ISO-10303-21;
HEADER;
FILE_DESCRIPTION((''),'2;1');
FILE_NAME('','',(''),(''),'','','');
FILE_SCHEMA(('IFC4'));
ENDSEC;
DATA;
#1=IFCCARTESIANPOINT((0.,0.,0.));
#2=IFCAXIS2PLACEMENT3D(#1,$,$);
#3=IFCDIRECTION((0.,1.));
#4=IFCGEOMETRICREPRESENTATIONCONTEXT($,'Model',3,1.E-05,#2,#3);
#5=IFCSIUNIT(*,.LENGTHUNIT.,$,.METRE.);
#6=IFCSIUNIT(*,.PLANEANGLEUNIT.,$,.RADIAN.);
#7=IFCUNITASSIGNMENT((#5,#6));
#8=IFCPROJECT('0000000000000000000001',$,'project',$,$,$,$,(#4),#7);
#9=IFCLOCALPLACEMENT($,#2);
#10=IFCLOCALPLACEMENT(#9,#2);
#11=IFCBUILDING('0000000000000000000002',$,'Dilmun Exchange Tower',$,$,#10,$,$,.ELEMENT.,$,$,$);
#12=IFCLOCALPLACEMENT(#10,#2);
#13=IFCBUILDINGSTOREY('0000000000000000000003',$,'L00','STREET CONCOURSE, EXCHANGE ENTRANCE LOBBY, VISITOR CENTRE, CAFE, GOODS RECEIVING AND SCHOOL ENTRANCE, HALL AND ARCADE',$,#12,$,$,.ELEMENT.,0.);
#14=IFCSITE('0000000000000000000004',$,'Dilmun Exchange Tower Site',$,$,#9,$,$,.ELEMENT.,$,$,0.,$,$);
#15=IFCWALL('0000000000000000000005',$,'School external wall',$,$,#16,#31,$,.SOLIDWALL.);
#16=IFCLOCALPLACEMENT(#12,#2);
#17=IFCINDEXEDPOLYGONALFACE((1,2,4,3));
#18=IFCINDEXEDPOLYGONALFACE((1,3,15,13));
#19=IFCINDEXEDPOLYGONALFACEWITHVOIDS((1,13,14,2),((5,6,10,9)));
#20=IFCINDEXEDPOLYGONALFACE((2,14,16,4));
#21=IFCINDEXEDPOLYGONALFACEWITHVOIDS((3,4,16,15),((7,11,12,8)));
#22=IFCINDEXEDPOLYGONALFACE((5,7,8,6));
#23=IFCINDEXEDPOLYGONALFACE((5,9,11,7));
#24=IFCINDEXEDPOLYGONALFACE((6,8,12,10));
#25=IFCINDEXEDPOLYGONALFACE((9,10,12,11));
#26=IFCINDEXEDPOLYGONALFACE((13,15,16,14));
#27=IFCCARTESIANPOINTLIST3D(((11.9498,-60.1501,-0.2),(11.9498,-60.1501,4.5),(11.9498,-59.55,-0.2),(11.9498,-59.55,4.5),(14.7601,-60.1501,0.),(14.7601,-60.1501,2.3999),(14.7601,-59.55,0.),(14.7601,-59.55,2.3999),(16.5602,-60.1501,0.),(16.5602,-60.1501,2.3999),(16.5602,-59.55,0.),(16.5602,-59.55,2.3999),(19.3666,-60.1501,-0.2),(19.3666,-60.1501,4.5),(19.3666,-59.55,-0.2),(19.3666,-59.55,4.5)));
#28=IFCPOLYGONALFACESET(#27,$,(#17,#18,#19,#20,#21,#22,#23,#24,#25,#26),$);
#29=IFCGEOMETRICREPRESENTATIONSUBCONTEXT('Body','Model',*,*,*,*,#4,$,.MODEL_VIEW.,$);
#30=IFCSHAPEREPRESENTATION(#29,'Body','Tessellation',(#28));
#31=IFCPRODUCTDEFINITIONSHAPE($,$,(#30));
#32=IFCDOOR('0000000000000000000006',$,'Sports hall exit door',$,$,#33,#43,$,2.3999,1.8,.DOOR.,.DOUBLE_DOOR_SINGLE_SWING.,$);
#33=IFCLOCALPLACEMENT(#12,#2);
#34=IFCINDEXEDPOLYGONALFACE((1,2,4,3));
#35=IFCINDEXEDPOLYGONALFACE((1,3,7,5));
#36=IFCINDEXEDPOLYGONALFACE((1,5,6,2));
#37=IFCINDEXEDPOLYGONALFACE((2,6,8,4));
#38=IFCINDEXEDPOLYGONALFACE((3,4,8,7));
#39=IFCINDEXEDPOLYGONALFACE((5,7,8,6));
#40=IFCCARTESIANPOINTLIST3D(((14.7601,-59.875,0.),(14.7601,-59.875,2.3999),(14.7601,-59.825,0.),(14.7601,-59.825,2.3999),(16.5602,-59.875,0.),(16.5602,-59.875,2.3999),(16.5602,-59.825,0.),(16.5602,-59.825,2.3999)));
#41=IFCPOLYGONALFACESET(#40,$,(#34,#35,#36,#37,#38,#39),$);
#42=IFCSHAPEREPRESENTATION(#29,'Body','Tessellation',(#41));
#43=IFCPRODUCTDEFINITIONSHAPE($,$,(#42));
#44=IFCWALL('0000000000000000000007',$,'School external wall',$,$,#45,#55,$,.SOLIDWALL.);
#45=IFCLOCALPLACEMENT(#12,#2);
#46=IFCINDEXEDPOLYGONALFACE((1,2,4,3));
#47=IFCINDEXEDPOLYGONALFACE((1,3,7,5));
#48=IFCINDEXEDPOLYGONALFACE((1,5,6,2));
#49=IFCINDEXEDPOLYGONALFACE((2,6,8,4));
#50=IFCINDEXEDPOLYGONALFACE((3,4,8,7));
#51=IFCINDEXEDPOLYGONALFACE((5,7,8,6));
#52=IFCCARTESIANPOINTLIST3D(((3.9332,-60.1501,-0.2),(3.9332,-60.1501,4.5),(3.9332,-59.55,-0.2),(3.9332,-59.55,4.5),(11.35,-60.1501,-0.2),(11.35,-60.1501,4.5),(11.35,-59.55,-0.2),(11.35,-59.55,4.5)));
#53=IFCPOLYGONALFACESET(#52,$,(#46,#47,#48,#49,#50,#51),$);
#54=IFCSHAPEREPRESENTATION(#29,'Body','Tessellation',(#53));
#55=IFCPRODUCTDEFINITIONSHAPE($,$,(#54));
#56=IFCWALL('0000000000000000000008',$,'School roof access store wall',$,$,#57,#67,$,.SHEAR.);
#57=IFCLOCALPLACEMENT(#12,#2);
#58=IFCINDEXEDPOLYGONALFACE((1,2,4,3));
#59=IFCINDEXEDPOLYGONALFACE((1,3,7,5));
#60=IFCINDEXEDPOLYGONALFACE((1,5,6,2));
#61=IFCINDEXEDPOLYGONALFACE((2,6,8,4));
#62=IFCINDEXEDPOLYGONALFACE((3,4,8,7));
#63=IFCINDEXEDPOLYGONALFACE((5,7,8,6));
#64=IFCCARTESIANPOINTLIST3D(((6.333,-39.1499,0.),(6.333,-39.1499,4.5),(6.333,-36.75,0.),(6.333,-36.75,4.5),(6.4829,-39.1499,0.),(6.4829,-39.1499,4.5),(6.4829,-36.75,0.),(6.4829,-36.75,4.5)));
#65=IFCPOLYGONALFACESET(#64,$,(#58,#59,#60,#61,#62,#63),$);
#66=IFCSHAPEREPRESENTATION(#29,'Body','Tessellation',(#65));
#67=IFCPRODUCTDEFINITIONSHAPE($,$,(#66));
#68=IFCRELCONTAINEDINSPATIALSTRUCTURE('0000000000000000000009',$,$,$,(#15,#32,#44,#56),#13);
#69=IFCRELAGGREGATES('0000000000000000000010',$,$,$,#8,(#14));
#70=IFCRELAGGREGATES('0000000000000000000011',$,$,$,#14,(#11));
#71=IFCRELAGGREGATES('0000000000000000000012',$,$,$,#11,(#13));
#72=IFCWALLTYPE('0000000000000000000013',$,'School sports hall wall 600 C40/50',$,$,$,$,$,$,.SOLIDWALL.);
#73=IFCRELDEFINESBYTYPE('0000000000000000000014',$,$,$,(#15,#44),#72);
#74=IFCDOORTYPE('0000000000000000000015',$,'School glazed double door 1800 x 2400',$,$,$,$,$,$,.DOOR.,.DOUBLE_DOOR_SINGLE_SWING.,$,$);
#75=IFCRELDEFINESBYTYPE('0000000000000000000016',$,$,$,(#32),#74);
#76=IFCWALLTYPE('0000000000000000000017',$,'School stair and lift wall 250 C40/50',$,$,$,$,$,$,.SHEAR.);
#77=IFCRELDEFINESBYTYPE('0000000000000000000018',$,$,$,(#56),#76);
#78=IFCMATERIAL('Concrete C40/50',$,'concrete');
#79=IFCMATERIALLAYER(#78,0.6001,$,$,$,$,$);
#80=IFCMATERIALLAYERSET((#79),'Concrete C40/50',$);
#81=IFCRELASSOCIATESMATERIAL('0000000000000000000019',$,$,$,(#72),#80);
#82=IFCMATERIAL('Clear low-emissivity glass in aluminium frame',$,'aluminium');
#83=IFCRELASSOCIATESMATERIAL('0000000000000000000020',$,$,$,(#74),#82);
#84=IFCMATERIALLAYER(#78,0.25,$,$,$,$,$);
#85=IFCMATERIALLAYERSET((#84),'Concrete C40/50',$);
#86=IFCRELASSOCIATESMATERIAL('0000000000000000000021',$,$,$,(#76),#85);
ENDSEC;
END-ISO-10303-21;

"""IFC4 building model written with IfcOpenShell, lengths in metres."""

from ifc_helpers import new_model, si_unit, direction, frame, frame_2d, origin, place, context, subcontext, project, spatial, rectangle, extrude, material, layer, layer_set, type_object, element, fill, save


model = new_model("IFC4")

# Units and contexts
model_context = context("Model", 3, precision=1e-05, world=origin(), true_north=direction((0.0, 1.0)))
body_context = subcontext(model_context, "Body", "Model", "MODEL_VIEW")
ifc_project = project(units=[si_unit("LENGTHUNIT", "METRE"), si_unit("PLANEANGLEUNIT", "RADIAN")], contexts=[model_context])

# Site, building, storey
site_placement = place(None, origin())
site = spatial("IfcSite", under=ifc_project, at=site_placement, Name="Dilmun Exchange Tower Site", CompositionType="ELEMENT", RefElevation=0.0)
building_placement = place(site_placement, origin())
building = spatial("IfcBuilding", under=site, at=building_placement, Name="Dilmun Exchange Tower", CompositionType="ELEMENT")
storey_placement = place(building_placement, origin())
storey = spatial("IfcBuildingStorey", under=building, at=storey_placement, Name="L00", Description="STREET CONCOURSE, EXCHANGE ENTRANCE LOBBY, VISITOR CENTRE, CAFE, GOODS RECEIVING AND SCHOOL ENTRANCE, HALL AND ARCADE", CompositionType="ELEMENT", Elevation=0.0)

# Shared definitions
ifc_material_1 = material(Name="Concrete C40/50", Category="concrete")

# Wall, opening, door
ifc_layer_1 = layer(ifc_material_1, 0.6001)
ifc_layer_set_1 = layer_set([ifc_layer_1], Name="Concrete C40/50")
wall_type_1 = type_object("IfcWallType", Name="School sports hall wall 600 C40/50", PredefinedType="SOLIDWALL", material=ifc_layer_set_1)
wall_1_placement = place(storey_placement, frame((19.3667, -59.8501, -0.2), z_axis=(0.0, 0.0, 1.0), x_axis=(-1.0, 0.0, 0.0)))
wall_1 = element("IfcWall", 1, at=wall_1_placement, inside=storey, type_object=wall_type_1, Name="School external wall", PredefinedType="SOLIDWALL", context=body_context, shape_type="SweptSolid", body=[
    extrude(rectangle(XDim=7.4167, YDim=0.6001, at=frame_2d((3.7085, 0.0))), origin(), (0.0, 0.0, 1.0), 4.7),
])
opening_placement = place(wall_1_placement, frame((2.8066, 0.0, 0.2)))
opening = element("IfcOpeningElement", 2, at=opening_placement, cuts=wall_1, PredefinedType="OPENING", context=body_context, shape_type="SweptSolid", body=[
    extrude(rectangle(XDim=1.8, YDim=2.3999, at=frame_2d((0.8999, 1.2))), frame((0.0, 0.3101, 0.0), z_axis=(0.0, -1.0, 0.0), x_axis=(1.0, 0.0, 0.0)), (0.0, 0.0, 1.0), 0.6201),
])
ifc_material_2 = material(Name="Clear low-emissivity glass in aluminium frame", Category="aluminium")
door_type = type_object("IfcDoorType", Name="School glazed double door 1800 x 2400", OperationType="DOUBLE_DOOR_SINGLE_SWING", PredefinedType="DOOR", material=ifc_material_2)
door_placement = place(opening_placement, origin())
door = element("IfcDoor", 3, at=door_placement, inside=storey, type_object=door_type, Name="Sports hall exit door", OperationType="DOUBLE_DOOR_SINGLE_SWING", OverallHeight=2.3999, OverallWidth=1.8, PredefinedType="DOOR", context=body_context, shape_type="SweptSolid", body=[
    extrude(rectangle(XDim=1.8, YDim=2.3999, at=frame_2d((0.8999, 1.2))), frame((0.0, 0.0249, 0.0), z_axis=(0.0, -1.0, 0.0), x_axis=(1.0, 0.0, 0.0)), (0.0, 0.0, 1.0), 0.05),
])
fill(opening, door)

# Walls
wall_2_placement = place(storey_placement, frame((11.3501, -59.8501, -0.2), z_axis=(0.0, 0.0, 1.0), x_axis=(-1.0, 0.0, 0.0)))
element("IfcWall", 4, at=wall_2_placement, inside=storey, type_object=wall_type_1, Name="School external wall", PredefinedType="SOLIDWALL", context=body_context, shape_type="SweptSolid", body=[
    extrude(rectangle(XDim=7.4167, YDim=0.6001, at=frame_2d((3.7085, 0.0))), origin(), (0.0, 0.0, 1.0), 4.7),
])
ifc_layer_2 = layer(ifc_material_1, 0.25)
ifc_layer_set_2 = layer_set([ifc_layer_2], Name="Concrete C40/50")
wall_type_2 = type_object("IfcWallType", Name="School stair and lift wall 250 C40/50", PredefinedType="SHEAR", material=ifc_layer_set_2)
wall_3_placement = place(storey_placement, frame((6.408, -39.1499, 0.0), z_axis=(0.0, 0.0, 1.0), x_axis=(0.0, 1.0, 0.0)))
element("IfcWall", 5, at=wall_3_placement, inside=storey, type_object=wall_type_2, Name="School roof access store wall", PredefinedType="SHEAR", context=body_context, shape_type="SweptSolid", body=[
    extrude(rectangle(XDim=2.3999, YDim=0.1499, at=frame_2d((1.2, 0.0))), origin(), (0.0, 0.0, 1.0), 4.5),
])

save(model, "model.ifc")
